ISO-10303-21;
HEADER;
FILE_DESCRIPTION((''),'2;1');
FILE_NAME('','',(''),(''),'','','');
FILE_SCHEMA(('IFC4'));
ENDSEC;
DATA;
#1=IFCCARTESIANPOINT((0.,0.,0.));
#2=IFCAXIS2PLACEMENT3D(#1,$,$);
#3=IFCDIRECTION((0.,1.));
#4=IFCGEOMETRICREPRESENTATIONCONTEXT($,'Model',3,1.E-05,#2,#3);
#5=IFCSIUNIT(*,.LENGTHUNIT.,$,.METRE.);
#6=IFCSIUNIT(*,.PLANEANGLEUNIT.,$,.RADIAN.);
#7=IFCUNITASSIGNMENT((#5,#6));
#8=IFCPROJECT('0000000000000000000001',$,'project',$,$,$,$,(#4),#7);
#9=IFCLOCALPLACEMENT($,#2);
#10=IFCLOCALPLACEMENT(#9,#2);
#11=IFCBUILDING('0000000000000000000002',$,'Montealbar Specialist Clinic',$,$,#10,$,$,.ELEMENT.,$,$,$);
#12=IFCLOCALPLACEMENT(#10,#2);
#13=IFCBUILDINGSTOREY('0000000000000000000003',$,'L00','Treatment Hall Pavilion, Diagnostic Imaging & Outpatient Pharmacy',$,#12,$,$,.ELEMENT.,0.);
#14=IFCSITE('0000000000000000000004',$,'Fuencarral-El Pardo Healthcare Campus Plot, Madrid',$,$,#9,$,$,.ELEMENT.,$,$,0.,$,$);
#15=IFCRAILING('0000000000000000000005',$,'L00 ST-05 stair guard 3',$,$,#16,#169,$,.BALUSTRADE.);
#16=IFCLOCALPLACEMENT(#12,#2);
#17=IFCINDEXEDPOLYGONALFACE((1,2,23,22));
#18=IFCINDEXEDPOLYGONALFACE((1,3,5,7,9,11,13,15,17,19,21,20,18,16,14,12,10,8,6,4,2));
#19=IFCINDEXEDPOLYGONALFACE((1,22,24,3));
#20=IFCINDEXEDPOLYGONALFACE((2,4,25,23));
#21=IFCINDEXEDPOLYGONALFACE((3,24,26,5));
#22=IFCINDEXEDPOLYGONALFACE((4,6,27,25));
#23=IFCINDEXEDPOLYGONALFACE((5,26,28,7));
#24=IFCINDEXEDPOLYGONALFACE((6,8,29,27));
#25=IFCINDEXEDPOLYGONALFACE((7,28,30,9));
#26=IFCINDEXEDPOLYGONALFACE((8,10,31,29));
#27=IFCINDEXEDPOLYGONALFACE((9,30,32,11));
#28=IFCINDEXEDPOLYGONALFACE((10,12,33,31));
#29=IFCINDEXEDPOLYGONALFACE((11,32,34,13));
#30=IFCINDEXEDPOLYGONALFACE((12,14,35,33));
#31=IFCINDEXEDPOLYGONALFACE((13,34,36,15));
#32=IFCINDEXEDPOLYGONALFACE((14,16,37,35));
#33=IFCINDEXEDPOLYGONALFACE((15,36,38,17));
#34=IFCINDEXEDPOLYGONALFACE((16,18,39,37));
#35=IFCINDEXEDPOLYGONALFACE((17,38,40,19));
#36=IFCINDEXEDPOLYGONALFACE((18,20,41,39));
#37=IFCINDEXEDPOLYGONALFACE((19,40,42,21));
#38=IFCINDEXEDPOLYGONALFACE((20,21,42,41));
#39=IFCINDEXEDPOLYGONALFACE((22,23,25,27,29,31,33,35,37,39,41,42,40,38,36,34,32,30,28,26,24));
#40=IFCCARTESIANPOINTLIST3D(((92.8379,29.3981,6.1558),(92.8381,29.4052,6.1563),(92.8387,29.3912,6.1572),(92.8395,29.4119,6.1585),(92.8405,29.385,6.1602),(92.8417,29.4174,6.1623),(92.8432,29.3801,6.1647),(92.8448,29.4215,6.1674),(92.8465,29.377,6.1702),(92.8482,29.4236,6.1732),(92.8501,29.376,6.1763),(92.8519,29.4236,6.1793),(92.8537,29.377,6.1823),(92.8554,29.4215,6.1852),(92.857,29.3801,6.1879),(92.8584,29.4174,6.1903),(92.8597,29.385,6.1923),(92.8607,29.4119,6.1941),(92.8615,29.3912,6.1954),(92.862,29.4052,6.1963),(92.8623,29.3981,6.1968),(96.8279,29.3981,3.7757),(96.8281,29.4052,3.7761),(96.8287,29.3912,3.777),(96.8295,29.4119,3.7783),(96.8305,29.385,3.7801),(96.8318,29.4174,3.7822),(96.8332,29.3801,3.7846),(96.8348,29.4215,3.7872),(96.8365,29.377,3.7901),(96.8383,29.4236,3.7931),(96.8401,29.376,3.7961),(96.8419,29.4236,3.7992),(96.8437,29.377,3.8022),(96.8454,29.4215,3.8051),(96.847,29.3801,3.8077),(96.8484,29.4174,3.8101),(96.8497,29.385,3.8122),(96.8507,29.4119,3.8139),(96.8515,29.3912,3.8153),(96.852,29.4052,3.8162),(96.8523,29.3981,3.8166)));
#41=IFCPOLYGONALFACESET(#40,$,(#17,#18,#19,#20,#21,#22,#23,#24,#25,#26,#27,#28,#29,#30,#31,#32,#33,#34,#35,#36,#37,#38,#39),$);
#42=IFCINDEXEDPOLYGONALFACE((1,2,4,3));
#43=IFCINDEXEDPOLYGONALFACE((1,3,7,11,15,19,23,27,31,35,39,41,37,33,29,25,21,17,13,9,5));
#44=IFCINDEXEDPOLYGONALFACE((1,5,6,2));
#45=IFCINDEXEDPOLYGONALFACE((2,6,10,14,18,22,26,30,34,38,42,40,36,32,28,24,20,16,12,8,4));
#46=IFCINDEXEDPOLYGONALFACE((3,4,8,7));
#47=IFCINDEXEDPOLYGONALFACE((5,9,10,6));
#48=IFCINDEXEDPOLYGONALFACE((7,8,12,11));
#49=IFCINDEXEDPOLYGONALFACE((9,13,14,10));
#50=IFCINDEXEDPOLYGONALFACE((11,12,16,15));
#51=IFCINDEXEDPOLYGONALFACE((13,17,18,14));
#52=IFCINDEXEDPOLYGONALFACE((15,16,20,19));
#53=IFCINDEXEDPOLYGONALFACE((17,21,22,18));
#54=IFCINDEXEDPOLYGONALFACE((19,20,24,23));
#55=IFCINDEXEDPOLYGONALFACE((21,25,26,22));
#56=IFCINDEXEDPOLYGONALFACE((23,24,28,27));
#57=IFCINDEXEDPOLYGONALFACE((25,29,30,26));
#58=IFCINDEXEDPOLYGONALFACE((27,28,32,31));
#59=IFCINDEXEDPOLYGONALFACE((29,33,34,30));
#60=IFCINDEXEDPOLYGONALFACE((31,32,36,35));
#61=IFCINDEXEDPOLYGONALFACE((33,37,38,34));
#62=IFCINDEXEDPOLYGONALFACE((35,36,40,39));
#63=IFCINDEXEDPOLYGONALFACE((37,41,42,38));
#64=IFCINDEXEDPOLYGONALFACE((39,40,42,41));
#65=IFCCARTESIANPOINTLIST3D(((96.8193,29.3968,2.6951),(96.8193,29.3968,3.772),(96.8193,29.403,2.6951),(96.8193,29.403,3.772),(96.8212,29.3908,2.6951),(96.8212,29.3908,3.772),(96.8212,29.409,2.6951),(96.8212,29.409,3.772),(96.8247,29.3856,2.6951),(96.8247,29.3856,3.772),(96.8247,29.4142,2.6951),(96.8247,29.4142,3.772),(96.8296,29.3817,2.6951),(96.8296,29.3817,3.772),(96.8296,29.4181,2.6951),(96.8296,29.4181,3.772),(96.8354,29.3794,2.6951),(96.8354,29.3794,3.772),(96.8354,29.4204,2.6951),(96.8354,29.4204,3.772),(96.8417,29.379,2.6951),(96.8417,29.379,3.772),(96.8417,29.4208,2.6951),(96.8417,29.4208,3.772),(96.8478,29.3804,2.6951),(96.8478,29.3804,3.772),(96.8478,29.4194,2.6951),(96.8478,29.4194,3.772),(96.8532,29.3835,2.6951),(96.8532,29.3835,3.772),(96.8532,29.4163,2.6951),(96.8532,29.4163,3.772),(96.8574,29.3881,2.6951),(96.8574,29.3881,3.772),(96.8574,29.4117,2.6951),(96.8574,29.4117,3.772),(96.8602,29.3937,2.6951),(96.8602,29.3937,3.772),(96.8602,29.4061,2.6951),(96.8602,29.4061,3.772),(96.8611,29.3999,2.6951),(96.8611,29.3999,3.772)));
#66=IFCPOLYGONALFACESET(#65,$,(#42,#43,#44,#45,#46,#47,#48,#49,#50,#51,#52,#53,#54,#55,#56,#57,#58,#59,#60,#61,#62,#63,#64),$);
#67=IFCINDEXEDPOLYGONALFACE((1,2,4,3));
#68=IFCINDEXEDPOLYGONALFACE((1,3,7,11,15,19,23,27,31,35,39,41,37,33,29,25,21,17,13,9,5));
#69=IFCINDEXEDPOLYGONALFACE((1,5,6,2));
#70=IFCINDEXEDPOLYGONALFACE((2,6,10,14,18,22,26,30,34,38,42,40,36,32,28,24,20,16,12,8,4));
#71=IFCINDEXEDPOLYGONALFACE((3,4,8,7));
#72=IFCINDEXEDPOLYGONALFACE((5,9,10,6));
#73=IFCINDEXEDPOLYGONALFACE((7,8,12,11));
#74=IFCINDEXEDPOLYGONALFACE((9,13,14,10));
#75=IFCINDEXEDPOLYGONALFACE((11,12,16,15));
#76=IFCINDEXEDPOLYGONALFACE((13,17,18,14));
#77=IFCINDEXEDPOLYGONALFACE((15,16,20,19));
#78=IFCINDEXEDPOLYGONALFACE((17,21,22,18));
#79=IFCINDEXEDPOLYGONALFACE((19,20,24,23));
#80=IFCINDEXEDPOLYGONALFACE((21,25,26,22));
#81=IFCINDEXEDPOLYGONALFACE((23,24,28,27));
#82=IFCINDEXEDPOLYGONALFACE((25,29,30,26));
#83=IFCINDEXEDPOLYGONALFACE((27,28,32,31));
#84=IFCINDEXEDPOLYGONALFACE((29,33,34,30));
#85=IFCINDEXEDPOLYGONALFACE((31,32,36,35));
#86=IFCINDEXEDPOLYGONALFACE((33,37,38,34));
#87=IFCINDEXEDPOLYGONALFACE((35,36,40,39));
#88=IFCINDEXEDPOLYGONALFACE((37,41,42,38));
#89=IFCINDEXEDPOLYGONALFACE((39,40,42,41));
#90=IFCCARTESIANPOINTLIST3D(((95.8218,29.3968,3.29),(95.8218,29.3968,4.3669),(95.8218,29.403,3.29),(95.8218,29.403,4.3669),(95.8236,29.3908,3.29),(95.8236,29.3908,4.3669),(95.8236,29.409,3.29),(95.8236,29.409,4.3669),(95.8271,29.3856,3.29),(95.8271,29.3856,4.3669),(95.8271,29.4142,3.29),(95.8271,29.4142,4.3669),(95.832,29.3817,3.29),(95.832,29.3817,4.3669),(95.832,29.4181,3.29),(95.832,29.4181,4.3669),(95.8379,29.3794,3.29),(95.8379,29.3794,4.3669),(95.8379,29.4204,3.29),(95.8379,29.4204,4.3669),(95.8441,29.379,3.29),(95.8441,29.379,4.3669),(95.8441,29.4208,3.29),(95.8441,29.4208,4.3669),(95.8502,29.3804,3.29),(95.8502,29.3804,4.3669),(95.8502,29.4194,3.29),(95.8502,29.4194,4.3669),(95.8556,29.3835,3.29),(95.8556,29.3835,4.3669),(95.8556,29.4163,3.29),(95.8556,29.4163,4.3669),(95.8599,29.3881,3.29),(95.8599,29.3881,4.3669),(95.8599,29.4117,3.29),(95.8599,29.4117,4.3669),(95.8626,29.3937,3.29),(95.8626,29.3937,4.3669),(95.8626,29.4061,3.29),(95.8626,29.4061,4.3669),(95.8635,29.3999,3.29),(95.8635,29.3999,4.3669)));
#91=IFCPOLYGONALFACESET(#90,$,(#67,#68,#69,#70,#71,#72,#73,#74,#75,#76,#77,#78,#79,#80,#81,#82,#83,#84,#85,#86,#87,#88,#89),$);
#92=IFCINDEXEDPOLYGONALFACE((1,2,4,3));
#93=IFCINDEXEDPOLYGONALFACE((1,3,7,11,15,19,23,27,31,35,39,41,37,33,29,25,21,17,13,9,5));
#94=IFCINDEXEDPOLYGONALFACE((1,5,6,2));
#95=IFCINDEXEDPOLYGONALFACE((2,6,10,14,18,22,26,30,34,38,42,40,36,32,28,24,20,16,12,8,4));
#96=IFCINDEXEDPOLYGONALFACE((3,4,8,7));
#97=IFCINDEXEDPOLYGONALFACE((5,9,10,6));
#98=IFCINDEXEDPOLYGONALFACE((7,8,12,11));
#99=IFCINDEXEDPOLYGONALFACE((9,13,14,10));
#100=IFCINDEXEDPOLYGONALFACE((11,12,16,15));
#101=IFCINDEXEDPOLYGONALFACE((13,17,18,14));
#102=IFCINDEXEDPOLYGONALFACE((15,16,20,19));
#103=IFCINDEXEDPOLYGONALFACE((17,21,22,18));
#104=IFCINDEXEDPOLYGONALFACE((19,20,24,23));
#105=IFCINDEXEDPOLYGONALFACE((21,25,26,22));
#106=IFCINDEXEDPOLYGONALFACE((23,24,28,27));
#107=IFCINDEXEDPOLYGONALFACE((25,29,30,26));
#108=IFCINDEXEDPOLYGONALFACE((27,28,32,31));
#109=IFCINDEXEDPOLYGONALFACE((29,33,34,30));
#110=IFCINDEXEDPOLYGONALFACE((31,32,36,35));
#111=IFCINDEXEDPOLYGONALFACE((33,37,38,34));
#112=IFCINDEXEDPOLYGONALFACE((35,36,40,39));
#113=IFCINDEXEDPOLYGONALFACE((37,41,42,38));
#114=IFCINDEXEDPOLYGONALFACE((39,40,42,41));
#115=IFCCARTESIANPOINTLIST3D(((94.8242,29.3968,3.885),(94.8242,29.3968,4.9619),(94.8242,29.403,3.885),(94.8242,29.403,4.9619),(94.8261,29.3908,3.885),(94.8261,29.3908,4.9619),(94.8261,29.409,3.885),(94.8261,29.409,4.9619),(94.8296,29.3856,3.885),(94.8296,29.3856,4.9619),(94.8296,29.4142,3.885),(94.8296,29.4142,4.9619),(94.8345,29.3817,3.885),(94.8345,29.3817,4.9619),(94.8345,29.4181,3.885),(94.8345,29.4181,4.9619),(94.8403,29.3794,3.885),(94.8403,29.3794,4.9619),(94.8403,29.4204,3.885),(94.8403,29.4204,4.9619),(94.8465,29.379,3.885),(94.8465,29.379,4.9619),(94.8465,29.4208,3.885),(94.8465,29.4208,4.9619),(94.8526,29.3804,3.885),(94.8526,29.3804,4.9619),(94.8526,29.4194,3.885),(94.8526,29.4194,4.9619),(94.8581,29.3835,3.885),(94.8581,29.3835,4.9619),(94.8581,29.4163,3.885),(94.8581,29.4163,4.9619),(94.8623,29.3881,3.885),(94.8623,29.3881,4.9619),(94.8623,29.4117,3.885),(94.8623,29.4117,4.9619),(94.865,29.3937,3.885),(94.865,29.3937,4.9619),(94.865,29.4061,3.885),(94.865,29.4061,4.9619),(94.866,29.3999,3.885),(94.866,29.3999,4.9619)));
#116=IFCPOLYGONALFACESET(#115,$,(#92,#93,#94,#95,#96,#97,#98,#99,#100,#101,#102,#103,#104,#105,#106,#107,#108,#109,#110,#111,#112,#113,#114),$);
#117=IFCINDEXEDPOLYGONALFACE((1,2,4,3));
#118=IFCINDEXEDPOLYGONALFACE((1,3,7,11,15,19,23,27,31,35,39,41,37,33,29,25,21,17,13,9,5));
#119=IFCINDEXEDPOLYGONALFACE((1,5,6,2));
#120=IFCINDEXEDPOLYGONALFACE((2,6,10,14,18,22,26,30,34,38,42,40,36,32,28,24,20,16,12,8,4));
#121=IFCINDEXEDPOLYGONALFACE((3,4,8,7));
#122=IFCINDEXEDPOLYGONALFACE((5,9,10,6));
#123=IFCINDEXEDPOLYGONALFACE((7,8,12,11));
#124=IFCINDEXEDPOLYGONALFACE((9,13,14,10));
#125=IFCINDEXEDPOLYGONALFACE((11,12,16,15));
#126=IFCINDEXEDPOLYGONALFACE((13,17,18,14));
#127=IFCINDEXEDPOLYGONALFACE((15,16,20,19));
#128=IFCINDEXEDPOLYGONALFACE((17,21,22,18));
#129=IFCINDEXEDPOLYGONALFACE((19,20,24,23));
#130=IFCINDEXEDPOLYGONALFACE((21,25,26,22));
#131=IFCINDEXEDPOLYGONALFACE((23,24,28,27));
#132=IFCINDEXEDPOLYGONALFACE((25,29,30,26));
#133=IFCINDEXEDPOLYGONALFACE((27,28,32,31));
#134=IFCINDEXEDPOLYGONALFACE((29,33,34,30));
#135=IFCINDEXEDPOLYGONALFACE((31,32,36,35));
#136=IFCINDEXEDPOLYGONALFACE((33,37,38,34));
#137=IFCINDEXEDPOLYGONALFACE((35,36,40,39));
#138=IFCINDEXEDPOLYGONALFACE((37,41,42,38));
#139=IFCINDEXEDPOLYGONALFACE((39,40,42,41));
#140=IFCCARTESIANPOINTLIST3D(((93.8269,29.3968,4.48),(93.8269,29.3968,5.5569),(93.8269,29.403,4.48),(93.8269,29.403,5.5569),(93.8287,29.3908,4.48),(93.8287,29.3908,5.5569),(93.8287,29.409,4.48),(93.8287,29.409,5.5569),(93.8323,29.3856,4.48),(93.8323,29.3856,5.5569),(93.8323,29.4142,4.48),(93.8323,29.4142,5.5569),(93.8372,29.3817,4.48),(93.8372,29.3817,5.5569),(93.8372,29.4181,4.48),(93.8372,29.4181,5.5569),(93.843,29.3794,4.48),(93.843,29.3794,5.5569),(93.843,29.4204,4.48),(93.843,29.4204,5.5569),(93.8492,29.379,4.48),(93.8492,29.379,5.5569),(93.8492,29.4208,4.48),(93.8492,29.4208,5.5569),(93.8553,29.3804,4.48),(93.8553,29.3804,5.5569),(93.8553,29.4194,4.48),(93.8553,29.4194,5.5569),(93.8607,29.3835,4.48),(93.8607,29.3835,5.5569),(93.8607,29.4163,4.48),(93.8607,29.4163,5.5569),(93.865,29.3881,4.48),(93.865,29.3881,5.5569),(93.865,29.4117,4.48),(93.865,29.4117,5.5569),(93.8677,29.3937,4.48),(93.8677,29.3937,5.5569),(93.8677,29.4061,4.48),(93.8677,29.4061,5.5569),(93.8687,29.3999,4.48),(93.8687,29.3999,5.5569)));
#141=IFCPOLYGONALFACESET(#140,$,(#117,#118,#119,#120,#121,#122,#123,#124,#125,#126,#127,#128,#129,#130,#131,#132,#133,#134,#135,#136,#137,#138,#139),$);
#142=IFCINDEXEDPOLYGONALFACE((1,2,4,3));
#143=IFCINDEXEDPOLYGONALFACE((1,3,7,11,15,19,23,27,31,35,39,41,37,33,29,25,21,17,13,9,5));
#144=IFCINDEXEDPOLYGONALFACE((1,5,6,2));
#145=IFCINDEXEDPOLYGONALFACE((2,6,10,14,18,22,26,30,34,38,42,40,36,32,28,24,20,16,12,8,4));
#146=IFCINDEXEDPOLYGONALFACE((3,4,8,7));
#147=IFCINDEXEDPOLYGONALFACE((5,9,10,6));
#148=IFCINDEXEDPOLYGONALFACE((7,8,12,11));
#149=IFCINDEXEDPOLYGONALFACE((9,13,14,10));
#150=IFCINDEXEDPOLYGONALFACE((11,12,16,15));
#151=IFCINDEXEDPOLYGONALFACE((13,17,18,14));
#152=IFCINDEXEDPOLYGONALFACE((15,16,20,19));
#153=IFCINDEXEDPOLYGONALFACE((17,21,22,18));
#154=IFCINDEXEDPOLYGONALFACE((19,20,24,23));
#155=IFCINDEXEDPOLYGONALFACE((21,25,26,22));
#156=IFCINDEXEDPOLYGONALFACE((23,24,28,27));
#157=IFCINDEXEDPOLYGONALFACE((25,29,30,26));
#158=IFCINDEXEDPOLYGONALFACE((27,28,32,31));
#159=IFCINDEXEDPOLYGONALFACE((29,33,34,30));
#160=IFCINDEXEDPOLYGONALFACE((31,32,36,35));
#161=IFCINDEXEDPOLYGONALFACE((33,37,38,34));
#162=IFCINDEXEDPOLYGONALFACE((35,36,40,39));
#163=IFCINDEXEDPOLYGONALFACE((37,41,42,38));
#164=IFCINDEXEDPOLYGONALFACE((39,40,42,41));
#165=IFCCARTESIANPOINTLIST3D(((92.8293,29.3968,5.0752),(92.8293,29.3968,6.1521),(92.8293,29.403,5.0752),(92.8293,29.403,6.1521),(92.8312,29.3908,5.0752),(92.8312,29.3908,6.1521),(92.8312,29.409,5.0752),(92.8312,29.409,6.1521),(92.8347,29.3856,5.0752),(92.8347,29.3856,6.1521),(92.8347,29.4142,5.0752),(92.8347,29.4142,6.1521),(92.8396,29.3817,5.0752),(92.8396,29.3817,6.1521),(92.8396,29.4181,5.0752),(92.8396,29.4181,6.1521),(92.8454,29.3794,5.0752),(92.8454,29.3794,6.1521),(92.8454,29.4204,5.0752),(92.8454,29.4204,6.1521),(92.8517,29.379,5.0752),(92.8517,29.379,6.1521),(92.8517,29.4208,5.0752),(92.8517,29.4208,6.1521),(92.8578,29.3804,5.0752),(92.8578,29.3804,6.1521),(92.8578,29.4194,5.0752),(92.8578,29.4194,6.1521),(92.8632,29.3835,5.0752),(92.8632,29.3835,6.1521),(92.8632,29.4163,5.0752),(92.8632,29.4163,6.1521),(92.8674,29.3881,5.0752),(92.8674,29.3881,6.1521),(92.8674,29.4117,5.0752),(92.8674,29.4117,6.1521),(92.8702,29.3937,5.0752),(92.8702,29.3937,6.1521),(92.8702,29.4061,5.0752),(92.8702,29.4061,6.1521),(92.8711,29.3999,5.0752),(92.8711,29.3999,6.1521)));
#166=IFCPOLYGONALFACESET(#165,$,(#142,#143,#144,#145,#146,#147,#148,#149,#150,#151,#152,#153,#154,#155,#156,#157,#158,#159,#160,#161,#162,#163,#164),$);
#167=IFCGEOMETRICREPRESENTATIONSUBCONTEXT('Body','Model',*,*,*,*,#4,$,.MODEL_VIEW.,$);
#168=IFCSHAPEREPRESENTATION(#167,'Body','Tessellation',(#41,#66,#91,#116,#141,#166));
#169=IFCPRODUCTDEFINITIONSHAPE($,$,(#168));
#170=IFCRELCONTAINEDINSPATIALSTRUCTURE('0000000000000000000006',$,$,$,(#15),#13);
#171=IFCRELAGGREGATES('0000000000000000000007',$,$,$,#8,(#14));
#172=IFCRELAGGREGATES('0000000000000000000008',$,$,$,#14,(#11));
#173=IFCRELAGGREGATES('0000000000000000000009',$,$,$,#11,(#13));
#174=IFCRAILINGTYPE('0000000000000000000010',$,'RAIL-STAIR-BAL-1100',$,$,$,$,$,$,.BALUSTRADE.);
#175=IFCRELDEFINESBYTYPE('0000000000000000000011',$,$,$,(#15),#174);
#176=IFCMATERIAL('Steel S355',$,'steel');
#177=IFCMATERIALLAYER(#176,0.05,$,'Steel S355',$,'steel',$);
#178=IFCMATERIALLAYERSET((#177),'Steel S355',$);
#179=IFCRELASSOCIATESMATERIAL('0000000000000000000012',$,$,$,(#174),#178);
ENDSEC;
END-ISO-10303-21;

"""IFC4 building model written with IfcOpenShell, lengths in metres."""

from ifc_helpers import new_model, si_unit, direction, frame, origin, origin_2d, place, context, subcontext, project, spatial, circle, extrude, material, layer, layer_set, type_object, element, save


model = new_model("IFC4")

# Units and contexts
model_context = context("Model", 3, precision=1e-05, world=origin(), true_north=direction((0.0, 1.0)))
body_context = subcontext(model_context, "Body", "Model", "MODEL_VIEW")
ifc_project = project(units=[si_unit("LENGTHUNIT", "METRE"), si_unit("PLANEANGLEUNIT", "RADIAN")], contexts=[model_context])

# Site, building, storey
site_placement = place(None, origin())
site = spatial("IfcSite", under=ifc_project, at=site_placement, Name="Fuencarral-El Pardo Healthcare Campus Plot, Madrid", CompositionType="ELEMENT", RefElevation=0.0)
building_placement = place(site_placement, origin())
building = spatial("IfcBuilding", under=site, at=building_placement, Name="Montealbar Specialist Clinic", CompositionType="ELEMENT")
storey_placement = place(building_placement, origin())
storey = spatial("IfcBuildingStorey", under=building, at=storey_placement, Name="L00", Description="Treatment Hall Pavilion, Diagnostic Imaging & Outpatient Pharmacy", CompositionType="ELEMENT", Elevation=0.0)

# Shared definitions
ifc_material_1 = material(Name="Steel S355", Category="steel")

# Railing
ifc_layer_1 = layer(ifc_material_1, 0.05, Name="Steel S355", Category="steel")
ifc_layer_set_1 = layer_set([ifc_layer_1], Name="Steel S355")
railing_type_1 = type_object("IfcRailingType", Name="RAIL-STAIR-BAL-1100", PredefinedType="BALUSTRADE", material=ifc_layer_set_1)
railing_1_placement = place(storey_placement, frame((96.8401, 29.3999, 2.72)))
element("IfcRailing", 1, at=railing_1_placement, inside=storey, type_object=railing_type_1, Name="L00 ST-05 stair guard 3", PredefinedType="BALUSTRADE", context=body_context, shape_type="SweptSolid", body=[
    extrude(circle(Radius=0.0239, at=origin_2d()), frame((0.0, 0.0, 1.0762), z_axis=(-0.858807, 0.0, 0.512299), x_axis=(0.0, -1.0, 0.0)), (0.0, 0.0, 1.0), 4.646),
    extrude(circle(Radius=0.021, at=origin_2d()), frame((0.0, 0.0, -0.0249)), (0.0, 0.0, 1.0), 1.0769),
    extrude(circle(Radius=0.021, at=origin_2d()), frame((-0.9976, 0.0, 0.5701)), (0.0, 0.0, 1.0), 1.0769),
    extrude(circle(Radius=0.021, at=origin_2d()), frame((-1.9951, 0.0, 1.165)), (0.0, 0.0, 1.0), 1.0769),
    extrude(circle(Radius=0.021, at=origin_2d()), frame((-2.9924, 0.0, 1.76)), (0.0, 0.0, 1.0), 1.0769),
    extrude(circle(Radius=0.021, at=origin_2d()), frame((-3.99, 0.0, 2.3552)), (0.0, 0.0, 1.0), 1.0769),
])

save(model, "model.ifc")
